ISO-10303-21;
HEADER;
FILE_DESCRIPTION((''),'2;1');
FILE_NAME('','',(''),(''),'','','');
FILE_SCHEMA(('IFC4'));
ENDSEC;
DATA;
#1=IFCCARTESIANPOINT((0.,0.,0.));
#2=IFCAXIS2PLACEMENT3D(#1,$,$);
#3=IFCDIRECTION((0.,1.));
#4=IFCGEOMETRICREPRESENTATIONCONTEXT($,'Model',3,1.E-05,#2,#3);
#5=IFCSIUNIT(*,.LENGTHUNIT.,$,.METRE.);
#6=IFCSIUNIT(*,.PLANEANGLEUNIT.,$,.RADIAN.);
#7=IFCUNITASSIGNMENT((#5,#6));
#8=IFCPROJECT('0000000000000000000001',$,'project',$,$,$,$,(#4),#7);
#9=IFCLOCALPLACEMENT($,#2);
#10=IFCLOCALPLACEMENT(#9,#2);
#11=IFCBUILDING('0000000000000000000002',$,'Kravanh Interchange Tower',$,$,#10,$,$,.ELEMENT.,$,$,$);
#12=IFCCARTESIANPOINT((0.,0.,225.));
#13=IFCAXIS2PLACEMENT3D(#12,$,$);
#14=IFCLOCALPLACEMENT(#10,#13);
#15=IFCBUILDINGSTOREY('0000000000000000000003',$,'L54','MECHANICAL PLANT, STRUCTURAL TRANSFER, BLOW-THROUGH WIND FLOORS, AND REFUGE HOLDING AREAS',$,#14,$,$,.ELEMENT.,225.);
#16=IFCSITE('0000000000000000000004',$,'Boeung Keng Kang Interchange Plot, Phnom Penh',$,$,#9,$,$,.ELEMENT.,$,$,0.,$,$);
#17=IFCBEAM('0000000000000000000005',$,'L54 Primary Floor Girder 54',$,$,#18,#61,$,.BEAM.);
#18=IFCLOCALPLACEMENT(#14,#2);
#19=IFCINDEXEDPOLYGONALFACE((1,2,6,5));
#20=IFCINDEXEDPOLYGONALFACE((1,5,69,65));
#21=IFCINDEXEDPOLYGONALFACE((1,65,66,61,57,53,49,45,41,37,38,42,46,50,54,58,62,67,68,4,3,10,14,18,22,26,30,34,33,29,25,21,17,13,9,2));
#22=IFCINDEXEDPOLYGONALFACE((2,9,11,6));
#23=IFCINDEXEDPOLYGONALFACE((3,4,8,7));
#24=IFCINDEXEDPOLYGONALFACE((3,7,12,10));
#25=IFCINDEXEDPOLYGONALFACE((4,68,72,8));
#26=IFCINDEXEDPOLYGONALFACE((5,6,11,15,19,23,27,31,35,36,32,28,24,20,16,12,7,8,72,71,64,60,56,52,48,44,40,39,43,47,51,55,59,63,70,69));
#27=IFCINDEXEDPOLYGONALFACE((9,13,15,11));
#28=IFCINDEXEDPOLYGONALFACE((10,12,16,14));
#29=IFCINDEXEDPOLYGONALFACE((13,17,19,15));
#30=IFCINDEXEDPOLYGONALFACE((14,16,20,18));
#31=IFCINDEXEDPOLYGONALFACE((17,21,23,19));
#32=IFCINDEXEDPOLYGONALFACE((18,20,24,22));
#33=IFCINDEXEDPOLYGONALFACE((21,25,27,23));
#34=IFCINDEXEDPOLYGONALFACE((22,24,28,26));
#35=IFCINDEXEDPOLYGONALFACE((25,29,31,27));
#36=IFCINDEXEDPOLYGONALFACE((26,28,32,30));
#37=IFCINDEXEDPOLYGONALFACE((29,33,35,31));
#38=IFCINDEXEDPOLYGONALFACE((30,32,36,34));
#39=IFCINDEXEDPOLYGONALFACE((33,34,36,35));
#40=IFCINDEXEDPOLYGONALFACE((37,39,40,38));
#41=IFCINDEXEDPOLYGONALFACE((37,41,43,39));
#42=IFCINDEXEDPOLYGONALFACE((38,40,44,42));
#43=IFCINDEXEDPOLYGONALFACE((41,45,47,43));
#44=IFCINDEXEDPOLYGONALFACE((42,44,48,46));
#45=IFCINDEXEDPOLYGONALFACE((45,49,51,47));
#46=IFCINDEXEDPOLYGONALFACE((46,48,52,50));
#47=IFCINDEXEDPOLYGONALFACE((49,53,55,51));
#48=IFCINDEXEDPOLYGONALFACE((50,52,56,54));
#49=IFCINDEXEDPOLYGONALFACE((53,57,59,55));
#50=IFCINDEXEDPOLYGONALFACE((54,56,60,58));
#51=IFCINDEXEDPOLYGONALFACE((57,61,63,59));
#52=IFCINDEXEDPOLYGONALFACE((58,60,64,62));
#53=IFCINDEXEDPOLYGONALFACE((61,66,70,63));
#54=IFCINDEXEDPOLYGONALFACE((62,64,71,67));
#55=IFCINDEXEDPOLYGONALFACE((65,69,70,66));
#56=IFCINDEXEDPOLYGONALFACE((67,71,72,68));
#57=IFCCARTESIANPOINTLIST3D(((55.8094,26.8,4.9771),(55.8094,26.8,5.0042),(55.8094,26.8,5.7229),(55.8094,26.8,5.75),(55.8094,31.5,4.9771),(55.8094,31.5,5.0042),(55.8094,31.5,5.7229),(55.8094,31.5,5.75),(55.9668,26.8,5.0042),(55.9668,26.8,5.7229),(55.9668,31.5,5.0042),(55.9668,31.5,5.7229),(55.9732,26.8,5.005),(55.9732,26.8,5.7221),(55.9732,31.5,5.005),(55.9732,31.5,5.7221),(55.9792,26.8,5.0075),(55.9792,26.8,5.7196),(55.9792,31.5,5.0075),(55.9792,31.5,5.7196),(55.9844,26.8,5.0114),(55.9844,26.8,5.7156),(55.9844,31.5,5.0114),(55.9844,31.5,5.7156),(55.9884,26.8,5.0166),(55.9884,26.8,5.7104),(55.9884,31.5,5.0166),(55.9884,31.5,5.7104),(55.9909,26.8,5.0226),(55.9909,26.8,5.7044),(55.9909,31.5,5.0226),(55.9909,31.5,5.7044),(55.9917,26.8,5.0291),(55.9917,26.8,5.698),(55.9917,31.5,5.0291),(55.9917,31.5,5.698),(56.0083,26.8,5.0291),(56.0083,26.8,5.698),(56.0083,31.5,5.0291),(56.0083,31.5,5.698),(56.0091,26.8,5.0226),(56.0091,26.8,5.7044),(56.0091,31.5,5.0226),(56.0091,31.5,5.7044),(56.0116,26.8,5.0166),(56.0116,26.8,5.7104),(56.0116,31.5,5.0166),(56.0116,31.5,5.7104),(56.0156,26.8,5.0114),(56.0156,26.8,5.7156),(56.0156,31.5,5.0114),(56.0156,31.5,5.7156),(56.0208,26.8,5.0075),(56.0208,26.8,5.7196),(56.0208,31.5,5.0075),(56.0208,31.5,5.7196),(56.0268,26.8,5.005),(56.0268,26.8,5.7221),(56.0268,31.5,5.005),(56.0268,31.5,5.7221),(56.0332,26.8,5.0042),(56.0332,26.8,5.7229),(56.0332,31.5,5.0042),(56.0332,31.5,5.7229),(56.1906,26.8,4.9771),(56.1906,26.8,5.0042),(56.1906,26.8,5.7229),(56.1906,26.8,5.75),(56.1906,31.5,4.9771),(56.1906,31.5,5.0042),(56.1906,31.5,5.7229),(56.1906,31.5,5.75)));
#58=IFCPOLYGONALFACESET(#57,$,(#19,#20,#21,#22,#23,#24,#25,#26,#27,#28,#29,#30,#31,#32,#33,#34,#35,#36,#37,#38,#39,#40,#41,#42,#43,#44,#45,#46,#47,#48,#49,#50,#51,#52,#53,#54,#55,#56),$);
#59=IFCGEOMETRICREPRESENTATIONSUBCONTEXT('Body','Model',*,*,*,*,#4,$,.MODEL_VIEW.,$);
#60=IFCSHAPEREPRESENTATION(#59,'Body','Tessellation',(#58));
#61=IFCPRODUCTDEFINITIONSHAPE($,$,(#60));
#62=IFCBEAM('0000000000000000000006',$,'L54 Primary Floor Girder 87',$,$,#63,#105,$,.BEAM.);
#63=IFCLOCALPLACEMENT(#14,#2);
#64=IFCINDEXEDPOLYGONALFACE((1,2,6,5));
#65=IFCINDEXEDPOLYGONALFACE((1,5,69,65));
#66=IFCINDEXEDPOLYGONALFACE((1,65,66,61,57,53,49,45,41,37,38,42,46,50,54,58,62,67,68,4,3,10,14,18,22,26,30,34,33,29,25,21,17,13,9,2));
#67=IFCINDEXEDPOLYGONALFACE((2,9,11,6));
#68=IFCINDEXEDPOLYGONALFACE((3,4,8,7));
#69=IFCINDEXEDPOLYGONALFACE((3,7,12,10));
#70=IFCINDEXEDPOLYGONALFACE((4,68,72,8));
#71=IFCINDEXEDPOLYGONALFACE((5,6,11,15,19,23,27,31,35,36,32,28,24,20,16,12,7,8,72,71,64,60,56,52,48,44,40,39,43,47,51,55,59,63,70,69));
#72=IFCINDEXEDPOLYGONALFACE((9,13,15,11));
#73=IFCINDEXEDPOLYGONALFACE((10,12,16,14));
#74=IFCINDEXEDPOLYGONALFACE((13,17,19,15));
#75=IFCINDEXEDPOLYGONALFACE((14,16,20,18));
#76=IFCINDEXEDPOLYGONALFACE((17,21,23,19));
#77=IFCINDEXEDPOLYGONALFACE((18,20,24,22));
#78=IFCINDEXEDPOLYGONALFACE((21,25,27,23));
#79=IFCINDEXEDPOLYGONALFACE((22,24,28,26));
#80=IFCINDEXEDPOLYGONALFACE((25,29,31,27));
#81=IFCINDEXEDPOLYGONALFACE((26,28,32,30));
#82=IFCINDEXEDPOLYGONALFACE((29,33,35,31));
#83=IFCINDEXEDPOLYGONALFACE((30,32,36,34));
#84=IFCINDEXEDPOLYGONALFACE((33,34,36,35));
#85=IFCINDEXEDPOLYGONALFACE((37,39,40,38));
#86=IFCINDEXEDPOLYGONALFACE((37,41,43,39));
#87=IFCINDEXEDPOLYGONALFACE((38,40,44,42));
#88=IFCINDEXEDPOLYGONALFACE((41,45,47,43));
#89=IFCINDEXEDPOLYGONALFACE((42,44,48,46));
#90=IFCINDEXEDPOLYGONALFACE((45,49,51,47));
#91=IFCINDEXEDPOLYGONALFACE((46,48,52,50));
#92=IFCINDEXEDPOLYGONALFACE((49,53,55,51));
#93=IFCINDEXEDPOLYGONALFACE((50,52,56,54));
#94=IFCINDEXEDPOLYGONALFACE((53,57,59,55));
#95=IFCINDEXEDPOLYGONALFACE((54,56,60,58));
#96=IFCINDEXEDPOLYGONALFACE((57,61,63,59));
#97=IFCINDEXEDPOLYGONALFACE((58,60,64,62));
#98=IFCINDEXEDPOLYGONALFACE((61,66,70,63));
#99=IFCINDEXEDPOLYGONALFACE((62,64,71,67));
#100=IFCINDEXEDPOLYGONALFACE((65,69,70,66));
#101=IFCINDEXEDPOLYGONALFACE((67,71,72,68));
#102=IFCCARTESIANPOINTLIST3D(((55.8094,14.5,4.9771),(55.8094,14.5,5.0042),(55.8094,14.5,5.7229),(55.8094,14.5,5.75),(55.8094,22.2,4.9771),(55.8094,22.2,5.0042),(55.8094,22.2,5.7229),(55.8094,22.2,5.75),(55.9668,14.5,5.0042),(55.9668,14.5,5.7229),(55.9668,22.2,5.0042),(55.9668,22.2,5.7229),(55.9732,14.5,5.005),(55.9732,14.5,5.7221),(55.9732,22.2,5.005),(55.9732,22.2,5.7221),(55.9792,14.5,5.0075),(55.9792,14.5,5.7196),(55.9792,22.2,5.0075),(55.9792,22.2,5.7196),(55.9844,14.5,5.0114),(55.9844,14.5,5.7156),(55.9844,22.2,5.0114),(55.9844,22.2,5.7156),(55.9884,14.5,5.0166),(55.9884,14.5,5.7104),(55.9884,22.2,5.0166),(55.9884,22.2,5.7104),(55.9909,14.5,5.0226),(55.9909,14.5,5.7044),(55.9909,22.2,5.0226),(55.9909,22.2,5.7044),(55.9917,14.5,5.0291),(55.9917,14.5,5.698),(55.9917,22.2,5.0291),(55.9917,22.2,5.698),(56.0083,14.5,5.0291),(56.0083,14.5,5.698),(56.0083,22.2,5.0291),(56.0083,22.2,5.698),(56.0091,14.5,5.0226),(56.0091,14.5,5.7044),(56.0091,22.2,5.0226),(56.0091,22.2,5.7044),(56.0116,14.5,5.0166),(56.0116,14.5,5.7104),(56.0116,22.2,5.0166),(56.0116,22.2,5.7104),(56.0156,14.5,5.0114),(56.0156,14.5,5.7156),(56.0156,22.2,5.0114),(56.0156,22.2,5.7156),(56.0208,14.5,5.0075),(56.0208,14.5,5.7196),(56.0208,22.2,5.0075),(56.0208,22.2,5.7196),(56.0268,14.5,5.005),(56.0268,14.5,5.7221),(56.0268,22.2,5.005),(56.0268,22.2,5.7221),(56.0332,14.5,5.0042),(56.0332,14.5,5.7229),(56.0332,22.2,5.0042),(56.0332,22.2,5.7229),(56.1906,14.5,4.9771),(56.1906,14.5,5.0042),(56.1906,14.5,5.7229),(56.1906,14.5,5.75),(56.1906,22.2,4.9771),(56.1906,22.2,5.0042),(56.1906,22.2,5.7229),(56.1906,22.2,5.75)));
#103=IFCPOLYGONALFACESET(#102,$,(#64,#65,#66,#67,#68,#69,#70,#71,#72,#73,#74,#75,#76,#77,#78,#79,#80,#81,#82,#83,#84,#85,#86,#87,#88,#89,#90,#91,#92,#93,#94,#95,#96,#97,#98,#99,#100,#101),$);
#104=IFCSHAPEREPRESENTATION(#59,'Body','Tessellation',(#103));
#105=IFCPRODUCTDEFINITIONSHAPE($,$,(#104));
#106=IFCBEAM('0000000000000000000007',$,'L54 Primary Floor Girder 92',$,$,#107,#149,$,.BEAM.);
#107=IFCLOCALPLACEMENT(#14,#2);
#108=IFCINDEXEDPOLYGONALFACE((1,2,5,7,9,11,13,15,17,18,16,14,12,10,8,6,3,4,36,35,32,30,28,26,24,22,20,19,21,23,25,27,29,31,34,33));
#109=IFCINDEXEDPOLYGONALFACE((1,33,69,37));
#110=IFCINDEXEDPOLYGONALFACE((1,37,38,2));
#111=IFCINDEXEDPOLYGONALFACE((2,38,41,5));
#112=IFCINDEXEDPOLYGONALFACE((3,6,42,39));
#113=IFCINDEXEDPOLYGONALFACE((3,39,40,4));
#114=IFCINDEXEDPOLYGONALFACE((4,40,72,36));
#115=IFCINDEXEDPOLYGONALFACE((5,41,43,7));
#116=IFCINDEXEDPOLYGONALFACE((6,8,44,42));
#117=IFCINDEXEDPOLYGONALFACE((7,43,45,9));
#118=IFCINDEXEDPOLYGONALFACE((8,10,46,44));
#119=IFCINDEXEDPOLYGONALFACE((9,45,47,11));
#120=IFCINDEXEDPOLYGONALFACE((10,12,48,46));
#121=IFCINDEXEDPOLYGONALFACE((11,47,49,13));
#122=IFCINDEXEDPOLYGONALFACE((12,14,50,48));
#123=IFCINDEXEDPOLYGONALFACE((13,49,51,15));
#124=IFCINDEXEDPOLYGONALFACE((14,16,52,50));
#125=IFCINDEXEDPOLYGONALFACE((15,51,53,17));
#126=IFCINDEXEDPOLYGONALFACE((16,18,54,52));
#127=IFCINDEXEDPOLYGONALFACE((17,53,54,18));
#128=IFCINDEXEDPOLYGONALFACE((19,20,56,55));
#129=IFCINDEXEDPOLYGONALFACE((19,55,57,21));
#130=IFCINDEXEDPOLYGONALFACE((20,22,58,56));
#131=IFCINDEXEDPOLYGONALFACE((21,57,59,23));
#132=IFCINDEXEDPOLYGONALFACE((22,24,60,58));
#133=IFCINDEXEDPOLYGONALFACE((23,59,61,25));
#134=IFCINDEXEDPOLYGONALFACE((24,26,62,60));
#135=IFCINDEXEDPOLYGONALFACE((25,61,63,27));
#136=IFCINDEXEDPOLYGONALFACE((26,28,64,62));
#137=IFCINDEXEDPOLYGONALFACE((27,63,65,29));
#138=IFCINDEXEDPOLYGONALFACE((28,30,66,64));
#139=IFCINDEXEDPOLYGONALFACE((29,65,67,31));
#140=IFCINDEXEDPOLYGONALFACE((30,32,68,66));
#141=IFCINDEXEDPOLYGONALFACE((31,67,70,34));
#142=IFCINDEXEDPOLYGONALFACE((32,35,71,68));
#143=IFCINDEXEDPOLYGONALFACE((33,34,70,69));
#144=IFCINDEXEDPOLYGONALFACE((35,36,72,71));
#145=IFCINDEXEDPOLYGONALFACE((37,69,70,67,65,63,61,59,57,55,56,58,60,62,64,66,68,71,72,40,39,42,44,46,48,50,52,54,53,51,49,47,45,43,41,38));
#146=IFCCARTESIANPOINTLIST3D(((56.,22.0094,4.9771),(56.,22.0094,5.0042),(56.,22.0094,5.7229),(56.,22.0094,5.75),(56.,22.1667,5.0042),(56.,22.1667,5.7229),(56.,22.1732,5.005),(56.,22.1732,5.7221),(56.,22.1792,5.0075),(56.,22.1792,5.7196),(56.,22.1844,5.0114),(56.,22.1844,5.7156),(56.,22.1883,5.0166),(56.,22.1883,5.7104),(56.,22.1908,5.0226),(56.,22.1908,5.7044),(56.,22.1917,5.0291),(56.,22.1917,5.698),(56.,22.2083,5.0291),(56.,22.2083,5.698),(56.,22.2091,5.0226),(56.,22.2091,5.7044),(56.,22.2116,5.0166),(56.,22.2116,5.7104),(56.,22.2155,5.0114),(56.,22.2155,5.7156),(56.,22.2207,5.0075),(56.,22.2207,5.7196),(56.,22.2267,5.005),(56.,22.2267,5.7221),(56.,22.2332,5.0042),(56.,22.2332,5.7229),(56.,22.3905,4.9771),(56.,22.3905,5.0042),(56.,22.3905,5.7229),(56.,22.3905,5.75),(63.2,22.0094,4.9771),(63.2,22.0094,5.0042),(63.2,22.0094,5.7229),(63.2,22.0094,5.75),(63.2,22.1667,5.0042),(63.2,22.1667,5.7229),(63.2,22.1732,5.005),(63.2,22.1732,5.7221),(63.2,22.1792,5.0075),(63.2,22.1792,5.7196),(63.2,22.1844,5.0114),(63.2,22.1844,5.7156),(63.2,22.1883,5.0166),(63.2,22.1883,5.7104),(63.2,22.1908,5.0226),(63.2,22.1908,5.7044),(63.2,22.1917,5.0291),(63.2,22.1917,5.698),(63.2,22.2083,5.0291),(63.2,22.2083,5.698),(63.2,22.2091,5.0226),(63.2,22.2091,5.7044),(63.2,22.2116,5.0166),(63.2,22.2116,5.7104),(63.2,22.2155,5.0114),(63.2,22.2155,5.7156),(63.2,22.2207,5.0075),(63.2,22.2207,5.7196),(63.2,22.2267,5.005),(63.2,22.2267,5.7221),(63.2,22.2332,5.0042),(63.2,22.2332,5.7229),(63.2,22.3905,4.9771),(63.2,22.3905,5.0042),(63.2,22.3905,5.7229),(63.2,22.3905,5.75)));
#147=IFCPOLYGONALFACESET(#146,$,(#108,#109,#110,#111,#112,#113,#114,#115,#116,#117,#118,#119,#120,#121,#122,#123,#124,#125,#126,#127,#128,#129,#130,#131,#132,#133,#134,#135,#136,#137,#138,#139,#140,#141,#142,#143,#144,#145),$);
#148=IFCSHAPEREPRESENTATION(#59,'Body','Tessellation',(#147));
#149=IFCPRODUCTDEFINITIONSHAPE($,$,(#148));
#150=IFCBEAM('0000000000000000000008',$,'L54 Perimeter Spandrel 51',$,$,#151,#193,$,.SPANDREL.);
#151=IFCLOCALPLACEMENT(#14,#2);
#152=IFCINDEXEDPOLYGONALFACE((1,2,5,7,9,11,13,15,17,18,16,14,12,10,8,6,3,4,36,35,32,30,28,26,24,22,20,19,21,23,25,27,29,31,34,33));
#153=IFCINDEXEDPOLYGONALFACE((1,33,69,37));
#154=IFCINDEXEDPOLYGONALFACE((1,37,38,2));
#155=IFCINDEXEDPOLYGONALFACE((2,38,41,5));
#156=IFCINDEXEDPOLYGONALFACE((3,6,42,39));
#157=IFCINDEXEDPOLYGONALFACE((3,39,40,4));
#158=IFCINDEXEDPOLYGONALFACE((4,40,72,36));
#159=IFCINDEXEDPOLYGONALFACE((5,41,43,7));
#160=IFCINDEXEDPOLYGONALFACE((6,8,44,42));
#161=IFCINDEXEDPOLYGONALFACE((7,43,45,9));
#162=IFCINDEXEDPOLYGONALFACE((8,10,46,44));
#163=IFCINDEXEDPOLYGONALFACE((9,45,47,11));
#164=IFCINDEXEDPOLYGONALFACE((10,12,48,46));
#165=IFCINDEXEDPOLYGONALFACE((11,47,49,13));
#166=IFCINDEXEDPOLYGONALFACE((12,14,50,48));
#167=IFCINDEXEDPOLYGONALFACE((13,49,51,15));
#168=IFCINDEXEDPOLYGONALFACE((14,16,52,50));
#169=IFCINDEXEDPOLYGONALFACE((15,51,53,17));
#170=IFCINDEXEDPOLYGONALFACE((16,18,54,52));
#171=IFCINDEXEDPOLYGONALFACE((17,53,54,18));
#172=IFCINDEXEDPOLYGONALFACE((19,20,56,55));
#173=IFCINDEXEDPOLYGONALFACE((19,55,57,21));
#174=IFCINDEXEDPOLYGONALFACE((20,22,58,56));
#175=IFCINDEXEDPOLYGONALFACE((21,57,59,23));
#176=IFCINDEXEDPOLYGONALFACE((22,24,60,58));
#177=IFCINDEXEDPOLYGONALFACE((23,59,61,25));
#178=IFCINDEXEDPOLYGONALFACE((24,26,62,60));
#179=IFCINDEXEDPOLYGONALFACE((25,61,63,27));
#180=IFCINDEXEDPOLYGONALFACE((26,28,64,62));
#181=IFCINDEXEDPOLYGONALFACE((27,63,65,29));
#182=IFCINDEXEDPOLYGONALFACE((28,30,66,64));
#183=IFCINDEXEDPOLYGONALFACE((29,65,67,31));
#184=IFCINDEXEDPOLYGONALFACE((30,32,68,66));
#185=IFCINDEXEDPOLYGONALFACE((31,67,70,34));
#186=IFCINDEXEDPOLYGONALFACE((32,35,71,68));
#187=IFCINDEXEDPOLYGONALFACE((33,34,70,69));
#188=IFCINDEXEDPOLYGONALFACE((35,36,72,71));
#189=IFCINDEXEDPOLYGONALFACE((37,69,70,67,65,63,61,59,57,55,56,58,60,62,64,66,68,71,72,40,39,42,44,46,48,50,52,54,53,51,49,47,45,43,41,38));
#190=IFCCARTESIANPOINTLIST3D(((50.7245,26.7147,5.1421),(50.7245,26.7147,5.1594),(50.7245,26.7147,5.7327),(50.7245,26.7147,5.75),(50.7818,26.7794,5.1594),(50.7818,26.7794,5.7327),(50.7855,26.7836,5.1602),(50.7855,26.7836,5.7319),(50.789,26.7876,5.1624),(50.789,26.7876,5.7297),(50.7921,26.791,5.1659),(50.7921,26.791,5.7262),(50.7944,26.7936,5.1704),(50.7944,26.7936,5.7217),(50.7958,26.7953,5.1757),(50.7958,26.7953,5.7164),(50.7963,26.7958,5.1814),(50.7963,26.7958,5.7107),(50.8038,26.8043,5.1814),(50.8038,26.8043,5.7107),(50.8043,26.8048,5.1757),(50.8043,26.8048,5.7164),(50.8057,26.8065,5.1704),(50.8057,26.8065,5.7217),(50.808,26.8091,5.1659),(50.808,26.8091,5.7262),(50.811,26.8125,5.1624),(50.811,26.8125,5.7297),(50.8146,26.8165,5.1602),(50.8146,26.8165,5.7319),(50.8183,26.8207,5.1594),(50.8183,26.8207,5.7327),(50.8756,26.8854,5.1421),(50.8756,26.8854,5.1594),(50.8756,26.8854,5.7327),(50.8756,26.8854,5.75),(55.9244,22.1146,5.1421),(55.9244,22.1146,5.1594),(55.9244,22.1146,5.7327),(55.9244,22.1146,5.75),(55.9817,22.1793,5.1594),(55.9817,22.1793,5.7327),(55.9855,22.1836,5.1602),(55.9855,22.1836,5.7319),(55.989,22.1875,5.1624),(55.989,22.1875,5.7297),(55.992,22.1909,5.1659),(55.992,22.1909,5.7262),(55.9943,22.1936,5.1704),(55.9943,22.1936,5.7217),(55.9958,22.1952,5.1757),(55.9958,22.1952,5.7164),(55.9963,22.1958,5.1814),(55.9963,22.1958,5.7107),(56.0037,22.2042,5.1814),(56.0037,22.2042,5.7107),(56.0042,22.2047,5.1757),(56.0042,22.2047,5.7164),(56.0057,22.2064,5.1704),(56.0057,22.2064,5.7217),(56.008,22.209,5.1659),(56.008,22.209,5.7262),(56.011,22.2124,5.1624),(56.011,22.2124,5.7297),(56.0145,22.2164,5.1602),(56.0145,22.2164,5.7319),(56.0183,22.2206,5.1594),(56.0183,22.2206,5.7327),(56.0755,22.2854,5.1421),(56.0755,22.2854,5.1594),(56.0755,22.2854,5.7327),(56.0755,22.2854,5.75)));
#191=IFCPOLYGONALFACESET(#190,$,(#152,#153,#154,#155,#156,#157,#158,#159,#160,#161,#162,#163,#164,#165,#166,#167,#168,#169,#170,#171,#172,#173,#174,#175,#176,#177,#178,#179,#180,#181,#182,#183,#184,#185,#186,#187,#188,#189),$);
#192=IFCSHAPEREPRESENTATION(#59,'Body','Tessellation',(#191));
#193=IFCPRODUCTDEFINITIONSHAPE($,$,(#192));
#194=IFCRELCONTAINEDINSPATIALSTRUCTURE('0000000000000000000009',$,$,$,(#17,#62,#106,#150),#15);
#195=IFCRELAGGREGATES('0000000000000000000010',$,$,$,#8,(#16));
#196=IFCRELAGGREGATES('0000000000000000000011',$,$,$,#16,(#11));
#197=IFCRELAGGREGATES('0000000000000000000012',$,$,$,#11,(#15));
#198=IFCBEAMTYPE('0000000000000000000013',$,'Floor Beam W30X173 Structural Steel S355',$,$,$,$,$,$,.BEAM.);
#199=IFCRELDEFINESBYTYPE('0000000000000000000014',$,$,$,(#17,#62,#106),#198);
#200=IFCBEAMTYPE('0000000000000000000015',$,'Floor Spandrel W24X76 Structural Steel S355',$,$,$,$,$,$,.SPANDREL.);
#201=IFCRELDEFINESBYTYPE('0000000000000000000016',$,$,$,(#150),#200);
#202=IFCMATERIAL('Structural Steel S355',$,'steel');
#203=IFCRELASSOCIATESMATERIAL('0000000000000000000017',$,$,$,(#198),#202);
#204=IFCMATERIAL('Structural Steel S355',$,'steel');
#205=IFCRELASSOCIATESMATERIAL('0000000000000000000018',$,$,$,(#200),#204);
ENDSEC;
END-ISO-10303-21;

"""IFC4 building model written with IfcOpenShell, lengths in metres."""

from ifc_helpers import new_model, si_unit, direction, frame, origin, origin_2d, place, context, subcontext, project, spatial, i_section, extrude, material, material_profile, profile_set, type_object, element, save


model = new_model("IFC4")

# Units and contexts
model_context = context("Model", 3, precision=1e-05, world=origin(), true_north=direction((0.0, 1.0)))
body_context = subcontext(model_context, "Body", "Model", "MODEL_VIEW")
ifc_project = project(units=[si_unit("LENGTHUNIT", "METRE"), si_unit("PLANEANGLEUNIT", "RADIAN")], contexts=[model_context])

# Site, building, storey
site_placement = place(None, origin())
site = spatial("IfcSite", under=ifc_project, at=site_placement, Name="Boeung Keng Kang Interchange Plot, Phnom Penh", CompositionType="ELEMENT", RefElevation=0.0)
building_placement = place(site_placement, origin())
building = spatial("IfcBuilding", under=site, at=building_placement, Name="Kravanh Interchange Tower", CompositionType="ELEMENT")
storey_placement = place(building_placement, frame((0.0, 0.0, 225.0)))
storey = spatial("IfcBuildingStorey", under=building, at=storey_placement, Name="L54", Description="MECHANICAL PLANT, STRUCTURAL TRANSFER, BLOW-THROUGH WIND FLOORS, AND REFUGE HOLDING AREAS", CompositionType="ELEMENT", Elevation=225.0)

# Beams
ifc_material_1 = material(Name="Structural Steel S355", Category="steel")
ifc_material_profile_1 = material_profile(ifc_material_1, i_section(OverallWidth=0.3811, OverallDepth=0.7729, WebThickness=0.0166, FlangeThickness=0.0271, FilletRadius=0.0249, at=origin_2d()), Name="W30X173")
ifc_profile_set_1 = profile_set([ifc_material_profile_1], Name="Structural Steel S355")
beam_type_1 = type_object("IfcBeamType", Name="Floor Beam W30X173 Structural Steel S355", PredefinedType="BEAM", material=ifc_profile_set_1)
beam_1_placement = place(storey_placement, frame((56.0, 26.8, 5.3635), z_axis=(0.0, 1.0, 0.0), x_axis=(-1.0, 0.0, 0.0)))
element("IfcBeam", 1, at=beam_1_placement, inside=storey, type_object=beam_type_1, Name="L54 Primary Floor Girder 54", PredefinedType="BEAM", context=body_context, shape_type="SweptSolid", body=[
    extrude(i_section(OverallWidth=0.3811, OverallDepth=0.7729, WebThickness=0.0166, FlangeThickness=0.0271, FilletRadius=0.0249, at=origin_2d()), origin(), (0.0, 0.0, 1.0), 4.7),
])
beam_2_placement = place(storey_placement, frame((56.0, 14.5, 5.3635), z_axis=(0.0, 1.0, 0.0), x_axis=(-1.0, 0.0, 0.0)))
element("IfcBeam", 2, at=beam_2_placement, inside=storey, type_object=beam_type_1, Name="L54 Primary Floor Girder 87", PredefinedType="BEAM", context=body_context, shape_type="SweptSolid", body=[
    extrude(i_section(OverallWidth=0.3811, OverallDepth=0.7729, WebThickness=0.0166, FlangeThickness=0.0271, FilletRadius=0.0249, at=origin_2d()), origin(), (0.0, 0.0, 1.0), 7.7),
])
beam_3_placement = place(storey_placement, frame((56.0, 22.2, 5.3635), z_axis=(1.0, 0.0, 0.0), x_axis=(0.0, 1.0, 0.0)))
element("IfcBeam", 3, at=beam_3_placement, inside=storey, type_object=beam_type_1, Name="L54 Primary Floor Girder 92", PredefinedType="BEAM", context=body_context, shape_type="SweptSolid", body=[
    extrude(i_section(OverallWidth=0.3811, OverallDepth=0.7729, WebThickness=0.0166, FlangeThickness=0.0271, FilletRadius=0.0249, at=origin_2d()), origin(), (0.0, 0.0, 1.0), 7.2),
])
ifc_material_2 = material(Name="Structural Steel S355", Category="steel")
ifc_material_profile_2 = material_profile(ifc_material_2, i_section(OverallWidth=0.228, OverallDepth=0.6079, WebThickness=0.0112, FlangeThickness=0.0173, FilletRadius=0.022, at=origin_2d()), Name="W24X76")
ifc_profile_set_2 = profile_set([ifc_material_profile_2], Name="Structural Steel S355")
beam_type_2 = type_object("IfcBeamType", Name="Floor Spandrel W24X76 Structural Steel S355", PredefinedType="SPANDREL", material=ifc_profile_set_2)
beam_4_placement = place(storey_placement, frame((50.8, 26.8, 5.446), z_axis=(0.748986, -0.662585, 0.0), x_axis=(0.662585, 0.748986, 0.0)))
element("IfcBeam", 4, at=beam_4_placement, inside=storey, type_object=beam_type_2, Name="L54 Perimeter Spandrel 51", PredefinedType="SPANDREL", context=body_context, shape_type="SweptSolid", body=[
    extrude(i_section(OverallWidth=0.228, OverallDepth=0.6079, WebThickness=0.0112, FlangeThickness=0.0173, FilletRadius=0.022, at=origin_2d()), origin(), (0.0, 0.0, 1.0), 6.9426),
])

save(model, "model.ifc")
